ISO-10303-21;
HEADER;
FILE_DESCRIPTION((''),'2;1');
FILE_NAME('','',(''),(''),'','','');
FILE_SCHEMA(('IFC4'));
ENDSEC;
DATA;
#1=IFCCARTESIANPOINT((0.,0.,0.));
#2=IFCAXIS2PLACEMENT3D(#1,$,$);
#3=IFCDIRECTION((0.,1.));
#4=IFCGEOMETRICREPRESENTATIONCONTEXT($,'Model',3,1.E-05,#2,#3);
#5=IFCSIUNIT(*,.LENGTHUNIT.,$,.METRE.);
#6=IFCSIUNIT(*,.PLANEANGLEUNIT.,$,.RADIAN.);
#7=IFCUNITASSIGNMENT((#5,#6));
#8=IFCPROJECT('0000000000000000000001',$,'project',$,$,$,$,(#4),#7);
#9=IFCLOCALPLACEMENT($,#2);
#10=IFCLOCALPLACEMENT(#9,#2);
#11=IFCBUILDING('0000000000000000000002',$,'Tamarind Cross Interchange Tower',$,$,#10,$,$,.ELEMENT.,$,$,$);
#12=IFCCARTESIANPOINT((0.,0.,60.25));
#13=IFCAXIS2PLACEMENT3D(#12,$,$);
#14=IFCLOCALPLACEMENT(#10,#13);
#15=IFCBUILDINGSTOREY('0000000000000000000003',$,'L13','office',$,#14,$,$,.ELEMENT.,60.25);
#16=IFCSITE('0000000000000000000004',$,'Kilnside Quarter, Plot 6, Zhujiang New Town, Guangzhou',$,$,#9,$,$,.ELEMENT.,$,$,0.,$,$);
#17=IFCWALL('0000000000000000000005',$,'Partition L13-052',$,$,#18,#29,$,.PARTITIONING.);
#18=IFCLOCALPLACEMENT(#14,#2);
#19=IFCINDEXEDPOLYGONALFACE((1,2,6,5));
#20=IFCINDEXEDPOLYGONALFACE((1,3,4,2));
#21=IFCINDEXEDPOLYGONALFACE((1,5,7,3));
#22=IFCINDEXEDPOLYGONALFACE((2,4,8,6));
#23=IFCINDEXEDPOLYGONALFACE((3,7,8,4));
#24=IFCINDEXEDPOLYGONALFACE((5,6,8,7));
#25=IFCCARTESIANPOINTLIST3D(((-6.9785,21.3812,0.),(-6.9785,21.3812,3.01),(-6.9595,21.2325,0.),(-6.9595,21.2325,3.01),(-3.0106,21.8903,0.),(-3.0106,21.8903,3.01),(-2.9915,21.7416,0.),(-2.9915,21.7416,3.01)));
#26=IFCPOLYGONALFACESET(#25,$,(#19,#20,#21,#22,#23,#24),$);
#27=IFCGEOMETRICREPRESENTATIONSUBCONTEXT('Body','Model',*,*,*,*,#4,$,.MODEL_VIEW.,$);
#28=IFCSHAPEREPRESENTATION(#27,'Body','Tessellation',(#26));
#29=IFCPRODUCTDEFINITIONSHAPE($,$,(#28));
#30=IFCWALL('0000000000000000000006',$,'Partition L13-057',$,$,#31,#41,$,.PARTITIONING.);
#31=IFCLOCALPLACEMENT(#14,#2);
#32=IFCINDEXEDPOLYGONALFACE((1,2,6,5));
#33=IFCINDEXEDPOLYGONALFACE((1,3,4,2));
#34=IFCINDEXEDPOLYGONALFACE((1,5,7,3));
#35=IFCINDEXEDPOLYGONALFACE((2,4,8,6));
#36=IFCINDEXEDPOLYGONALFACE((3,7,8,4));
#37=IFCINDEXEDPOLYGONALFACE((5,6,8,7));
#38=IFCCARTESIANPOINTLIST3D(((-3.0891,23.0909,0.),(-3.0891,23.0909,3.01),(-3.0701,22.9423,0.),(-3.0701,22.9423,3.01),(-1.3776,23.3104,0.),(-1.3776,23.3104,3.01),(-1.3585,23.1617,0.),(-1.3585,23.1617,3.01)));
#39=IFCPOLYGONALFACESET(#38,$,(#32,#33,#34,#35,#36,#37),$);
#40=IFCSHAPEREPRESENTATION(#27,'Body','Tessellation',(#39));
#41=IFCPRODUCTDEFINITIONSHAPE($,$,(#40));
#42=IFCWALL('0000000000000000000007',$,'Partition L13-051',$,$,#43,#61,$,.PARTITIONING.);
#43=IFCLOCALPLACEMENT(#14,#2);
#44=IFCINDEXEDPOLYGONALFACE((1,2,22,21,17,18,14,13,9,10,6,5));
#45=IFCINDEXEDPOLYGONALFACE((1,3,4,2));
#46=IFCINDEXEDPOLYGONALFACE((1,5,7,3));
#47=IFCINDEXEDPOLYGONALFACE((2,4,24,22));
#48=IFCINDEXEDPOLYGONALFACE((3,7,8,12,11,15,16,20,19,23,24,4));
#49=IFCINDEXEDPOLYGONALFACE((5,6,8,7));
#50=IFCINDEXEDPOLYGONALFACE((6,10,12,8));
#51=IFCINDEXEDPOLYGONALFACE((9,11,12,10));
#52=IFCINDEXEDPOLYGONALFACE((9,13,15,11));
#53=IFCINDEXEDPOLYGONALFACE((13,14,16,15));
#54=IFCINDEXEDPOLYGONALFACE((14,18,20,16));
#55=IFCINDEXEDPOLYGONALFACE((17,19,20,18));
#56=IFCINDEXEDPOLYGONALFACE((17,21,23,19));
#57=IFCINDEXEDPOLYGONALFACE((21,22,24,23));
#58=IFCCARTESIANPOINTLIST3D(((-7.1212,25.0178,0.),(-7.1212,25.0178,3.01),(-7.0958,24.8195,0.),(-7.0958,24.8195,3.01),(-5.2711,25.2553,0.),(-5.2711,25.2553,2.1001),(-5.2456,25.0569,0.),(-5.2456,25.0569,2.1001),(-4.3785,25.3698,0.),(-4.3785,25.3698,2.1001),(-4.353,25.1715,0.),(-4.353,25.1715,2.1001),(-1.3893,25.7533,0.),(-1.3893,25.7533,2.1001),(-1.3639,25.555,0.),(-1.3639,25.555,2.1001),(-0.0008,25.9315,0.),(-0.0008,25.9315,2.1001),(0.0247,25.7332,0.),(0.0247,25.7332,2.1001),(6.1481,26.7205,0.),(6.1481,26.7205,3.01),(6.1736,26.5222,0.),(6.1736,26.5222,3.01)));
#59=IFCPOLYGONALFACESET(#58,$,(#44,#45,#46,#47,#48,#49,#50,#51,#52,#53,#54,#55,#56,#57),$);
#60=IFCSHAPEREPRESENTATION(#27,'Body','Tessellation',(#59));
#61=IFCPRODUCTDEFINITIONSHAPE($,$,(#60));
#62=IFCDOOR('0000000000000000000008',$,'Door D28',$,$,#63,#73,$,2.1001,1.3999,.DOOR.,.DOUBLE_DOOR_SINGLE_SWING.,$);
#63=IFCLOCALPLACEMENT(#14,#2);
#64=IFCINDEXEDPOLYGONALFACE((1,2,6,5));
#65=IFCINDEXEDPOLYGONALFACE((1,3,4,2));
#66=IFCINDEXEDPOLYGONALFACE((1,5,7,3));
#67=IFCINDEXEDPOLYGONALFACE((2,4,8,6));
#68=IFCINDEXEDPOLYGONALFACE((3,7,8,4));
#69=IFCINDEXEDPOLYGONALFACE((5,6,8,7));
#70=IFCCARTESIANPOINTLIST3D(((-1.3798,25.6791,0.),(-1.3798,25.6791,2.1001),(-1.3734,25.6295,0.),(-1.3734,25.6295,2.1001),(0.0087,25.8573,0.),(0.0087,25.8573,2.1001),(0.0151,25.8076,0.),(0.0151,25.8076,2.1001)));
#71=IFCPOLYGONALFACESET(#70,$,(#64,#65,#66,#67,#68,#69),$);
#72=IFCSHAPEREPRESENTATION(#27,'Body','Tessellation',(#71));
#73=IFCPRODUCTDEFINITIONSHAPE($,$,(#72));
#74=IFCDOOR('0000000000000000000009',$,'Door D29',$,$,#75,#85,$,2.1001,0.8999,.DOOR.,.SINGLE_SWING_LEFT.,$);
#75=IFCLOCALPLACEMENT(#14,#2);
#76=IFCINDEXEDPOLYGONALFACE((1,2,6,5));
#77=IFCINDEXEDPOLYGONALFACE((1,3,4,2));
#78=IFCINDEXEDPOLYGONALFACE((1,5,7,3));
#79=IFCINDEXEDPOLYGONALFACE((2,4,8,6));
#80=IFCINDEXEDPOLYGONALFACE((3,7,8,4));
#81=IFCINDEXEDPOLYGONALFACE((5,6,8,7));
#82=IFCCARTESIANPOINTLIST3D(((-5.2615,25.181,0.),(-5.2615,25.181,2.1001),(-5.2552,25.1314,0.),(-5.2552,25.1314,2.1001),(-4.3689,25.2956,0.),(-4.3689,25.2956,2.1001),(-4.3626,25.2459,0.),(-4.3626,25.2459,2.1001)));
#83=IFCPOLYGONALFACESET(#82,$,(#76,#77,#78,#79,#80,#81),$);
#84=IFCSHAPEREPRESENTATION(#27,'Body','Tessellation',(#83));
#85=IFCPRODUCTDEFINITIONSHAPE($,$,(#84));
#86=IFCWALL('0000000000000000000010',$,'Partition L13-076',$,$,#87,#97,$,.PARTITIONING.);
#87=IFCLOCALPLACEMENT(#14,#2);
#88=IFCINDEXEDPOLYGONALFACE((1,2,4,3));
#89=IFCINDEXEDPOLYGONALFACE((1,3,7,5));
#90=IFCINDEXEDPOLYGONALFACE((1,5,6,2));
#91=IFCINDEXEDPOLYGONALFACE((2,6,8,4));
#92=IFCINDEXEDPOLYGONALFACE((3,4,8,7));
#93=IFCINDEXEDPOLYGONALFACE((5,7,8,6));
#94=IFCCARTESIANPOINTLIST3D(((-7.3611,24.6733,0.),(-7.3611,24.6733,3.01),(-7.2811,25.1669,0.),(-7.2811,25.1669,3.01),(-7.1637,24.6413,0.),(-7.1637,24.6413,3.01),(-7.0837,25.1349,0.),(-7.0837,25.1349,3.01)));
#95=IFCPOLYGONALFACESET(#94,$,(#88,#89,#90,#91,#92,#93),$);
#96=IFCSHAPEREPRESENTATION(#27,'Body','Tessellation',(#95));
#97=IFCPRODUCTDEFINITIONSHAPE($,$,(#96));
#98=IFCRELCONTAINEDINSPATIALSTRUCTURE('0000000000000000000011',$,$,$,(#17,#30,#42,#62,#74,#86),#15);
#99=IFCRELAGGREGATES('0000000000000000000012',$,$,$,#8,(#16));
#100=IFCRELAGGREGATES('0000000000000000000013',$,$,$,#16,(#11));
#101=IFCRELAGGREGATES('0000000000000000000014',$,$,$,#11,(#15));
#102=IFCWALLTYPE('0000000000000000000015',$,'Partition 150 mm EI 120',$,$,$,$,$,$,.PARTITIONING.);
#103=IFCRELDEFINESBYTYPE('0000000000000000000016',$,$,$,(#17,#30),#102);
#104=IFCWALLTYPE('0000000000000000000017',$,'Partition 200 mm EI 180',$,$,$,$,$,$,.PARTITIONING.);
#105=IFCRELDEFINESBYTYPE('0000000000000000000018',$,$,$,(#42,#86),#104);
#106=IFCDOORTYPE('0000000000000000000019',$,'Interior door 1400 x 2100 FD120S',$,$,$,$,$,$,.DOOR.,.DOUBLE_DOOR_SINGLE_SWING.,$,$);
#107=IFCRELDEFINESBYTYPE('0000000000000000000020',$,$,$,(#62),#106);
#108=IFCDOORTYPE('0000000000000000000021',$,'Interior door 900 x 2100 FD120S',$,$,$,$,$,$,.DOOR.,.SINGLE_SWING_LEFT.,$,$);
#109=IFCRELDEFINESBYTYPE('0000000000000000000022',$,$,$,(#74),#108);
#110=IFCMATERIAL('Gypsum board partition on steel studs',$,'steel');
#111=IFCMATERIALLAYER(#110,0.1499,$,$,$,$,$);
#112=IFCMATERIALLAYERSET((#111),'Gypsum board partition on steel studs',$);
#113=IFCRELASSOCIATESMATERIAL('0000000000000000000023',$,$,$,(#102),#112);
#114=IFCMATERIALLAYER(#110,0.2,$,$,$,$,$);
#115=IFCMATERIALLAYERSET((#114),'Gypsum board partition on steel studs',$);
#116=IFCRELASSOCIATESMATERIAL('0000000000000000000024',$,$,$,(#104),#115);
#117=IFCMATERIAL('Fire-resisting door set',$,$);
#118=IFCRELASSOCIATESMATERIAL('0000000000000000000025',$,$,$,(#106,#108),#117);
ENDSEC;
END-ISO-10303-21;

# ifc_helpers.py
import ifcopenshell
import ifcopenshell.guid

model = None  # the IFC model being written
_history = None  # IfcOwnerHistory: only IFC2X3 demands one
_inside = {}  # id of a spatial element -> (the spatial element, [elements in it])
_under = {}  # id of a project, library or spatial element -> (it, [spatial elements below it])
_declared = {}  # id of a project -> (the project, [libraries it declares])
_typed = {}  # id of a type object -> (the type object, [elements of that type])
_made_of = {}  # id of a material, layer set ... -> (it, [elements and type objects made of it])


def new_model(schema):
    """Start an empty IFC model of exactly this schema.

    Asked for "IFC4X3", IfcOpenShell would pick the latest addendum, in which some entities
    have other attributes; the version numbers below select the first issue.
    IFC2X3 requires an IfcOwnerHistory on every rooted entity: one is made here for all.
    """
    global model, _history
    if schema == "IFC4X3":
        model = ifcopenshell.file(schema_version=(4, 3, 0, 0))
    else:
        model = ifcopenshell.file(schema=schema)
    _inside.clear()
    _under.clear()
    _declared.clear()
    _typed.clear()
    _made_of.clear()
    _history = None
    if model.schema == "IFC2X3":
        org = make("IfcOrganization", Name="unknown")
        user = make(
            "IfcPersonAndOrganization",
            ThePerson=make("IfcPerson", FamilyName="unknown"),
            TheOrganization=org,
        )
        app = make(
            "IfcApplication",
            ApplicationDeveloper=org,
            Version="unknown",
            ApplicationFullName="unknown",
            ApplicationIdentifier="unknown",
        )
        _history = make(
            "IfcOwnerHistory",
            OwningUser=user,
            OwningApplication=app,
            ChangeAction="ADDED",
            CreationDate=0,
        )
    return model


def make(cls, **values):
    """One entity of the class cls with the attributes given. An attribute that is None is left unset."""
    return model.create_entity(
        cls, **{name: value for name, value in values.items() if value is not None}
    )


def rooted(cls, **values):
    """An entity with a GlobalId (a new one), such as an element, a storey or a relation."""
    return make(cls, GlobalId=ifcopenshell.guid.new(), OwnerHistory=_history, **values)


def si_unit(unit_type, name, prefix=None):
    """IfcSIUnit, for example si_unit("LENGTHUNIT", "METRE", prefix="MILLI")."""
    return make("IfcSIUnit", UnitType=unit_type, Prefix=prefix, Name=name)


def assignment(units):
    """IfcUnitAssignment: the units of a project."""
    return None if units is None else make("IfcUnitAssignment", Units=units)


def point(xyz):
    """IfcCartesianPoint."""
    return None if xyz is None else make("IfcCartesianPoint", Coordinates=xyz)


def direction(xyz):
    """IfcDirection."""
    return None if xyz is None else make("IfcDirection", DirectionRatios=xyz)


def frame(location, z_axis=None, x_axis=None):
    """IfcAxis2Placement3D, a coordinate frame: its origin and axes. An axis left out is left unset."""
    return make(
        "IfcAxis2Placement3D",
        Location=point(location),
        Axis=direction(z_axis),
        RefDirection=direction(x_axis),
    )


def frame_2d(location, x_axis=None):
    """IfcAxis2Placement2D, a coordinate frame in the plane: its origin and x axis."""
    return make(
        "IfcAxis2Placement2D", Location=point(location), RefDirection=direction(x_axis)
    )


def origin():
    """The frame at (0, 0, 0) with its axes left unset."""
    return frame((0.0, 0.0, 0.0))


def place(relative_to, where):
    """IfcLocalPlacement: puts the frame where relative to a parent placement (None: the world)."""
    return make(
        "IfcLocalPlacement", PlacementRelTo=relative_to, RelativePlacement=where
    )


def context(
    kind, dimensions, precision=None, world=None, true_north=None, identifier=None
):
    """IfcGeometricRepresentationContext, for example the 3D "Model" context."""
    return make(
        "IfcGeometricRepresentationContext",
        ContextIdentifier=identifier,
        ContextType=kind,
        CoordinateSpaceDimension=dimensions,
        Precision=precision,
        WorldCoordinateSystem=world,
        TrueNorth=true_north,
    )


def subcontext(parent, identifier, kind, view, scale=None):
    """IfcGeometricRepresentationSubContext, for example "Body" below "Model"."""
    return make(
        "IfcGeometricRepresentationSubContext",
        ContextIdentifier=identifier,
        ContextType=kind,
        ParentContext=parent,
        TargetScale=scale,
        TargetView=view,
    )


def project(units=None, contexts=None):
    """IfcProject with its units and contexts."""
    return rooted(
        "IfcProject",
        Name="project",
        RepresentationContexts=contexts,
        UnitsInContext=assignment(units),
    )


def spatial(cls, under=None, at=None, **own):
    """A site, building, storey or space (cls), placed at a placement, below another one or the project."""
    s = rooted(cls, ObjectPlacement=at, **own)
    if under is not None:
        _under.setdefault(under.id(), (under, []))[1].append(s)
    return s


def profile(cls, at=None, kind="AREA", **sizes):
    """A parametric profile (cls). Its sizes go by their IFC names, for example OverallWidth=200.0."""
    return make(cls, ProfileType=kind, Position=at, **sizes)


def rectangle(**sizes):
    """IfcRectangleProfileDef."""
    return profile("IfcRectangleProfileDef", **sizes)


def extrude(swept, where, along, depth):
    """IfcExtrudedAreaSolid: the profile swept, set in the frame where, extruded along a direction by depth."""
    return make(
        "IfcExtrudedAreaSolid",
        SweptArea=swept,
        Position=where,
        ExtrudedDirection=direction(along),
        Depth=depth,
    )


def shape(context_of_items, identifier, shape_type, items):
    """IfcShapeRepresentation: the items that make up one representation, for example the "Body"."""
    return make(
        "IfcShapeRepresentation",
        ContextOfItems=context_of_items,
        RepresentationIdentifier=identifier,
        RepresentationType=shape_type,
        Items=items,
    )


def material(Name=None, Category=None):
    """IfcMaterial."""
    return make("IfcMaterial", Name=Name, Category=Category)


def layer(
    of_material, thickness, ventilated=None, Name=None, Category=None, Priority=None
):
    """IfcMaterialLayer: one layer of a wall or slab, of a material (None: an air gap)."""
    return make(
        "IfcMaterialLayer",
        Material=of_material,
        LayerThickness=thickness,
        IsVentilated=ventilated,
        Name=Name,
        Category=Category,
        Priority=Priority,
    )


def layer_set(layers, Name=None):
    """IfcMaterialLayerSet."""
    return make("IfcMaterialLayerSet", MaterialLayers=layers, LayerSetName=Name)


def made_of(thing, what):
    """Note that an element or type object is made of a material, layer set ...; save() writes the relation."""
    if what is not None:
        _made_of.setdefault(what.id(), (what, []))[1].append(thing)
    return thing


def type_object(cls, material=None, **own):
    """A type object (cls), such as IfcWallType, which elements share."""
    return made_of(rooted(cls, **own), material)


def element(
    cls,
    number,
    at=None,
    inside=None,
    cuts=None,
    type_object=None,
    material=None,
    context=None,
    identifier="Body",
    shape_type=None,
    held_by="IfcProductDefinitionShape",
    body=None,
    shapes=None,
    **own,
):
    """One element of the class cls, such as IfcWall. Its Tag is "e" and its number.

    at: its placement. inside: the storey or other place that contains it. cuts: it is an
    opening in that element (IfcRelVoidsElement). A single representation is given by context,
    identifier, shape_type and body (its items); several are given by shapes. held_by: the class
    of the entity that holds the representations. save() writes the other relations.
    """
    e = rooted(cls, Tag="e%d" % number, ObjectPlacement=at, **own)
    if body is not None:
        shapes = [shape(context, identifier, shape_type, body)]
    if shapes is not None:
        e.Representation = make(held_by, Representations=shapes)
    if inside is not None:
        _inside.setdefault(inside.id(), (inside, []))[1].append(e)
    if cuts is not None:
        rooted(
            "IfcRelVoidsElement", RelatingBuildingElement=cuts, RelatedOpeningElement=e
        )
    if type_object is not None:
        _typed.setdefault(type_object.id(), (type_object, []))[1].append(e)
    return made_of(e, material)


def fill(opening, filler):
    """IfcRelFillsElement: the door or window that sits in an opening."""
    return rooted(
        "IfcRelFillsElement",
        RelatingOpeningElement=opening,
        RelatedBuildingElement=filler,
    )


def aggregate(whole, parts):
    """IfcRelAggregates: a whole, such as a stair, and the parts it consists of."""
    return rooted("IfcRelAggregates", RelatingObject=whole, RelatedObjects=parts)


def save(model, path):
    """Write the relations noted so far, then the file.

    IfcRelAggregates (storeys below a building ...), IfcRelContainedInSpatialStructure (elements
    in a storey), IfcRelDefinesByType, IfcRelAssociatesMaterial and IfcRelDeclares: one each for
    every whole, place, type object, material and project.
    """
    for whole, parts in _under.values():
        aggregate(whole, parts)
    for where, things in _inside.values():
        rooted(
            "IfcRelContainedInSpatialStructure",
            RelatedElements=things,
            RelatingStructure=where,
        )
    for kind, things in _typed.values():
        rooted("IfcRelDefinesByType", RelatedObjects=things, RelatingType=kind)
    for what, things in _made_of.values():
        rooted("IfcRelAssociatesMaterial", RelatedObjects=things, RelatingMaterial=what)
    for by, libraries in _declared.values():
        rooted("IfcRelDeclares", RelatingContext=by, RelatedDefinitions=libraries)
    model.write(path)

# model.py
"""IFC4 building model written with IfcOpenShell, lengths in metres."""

from ifc_helpers import new_model, si_unit, direction, frame, frame_2d, origin, place, context, subcontext, project, spatial, rectangle, extrude, material, layer, layer_set, type_object, element, fill, save


model = new_model("IFC4")

# Units and contexts
model_context = context("Model", 3, precision=1e-05, world=origin(), true_north=direction((0.0, 1.0)))
body_context = subcontext(model_context, "Body", "Model", "MODEL_VIEW")
ifc_project = project(units=[si_unit("LENGTHUNIT", "METRE"), si_unit("PLANEANGLEUNIT", "RADIAN")], contexts=[model_context])

# Site, building, storey
site_placement = place(None, origin())
site = spatial("IfcSite", under=ifc_project, at=site_placement, Name="Kilnside Quarter, Plot 6, Zhujiang New Town, Guangzhou", CompositionType="ELEMENT", RefElevation=0.0)
building_placement = place(site_placement, origin())
building = spatial("IfcBuilding", under=site, at=building_placement, Name="Tamarind Cross Interchange Tower", CompositionType="ELEMENT")
storey_placement = place(building_placement, frame((0.0, 0.0, 60.25)))
storey = spatial("IfcBuildingStorey", under=building, at=storey_placement, Name="L13", Description="office", CompositionType="ELEMENT", Elevation=60.25)

# Shared definitions
ifc_material_1 = material(Name="Gypsum board partition on steel studs", Category="steel")

# Shared definitions
ifc_layer_1 = layer(ifc_material_1, 0.1499)
ifc_layer_set_1 = layer_set([ifc_layer_1], Name="Gypsum board partition on steel studs")
wall_type_1 = type_object("IfcWallType", Name="Partition 150 mm EI 120", PredefinedType="PARTITIONING", material=ifc_layer_set_1)
ifc_material_2 = material(Name="Fire-resisting door set")

# Walls
wall_1_placement = place(storey_placement, frame((-6.969, 21.3069, 0.0), z_axis=(0.0, 0.0, 1.0), x_axis=(0.991872, 0.127241, 0.0)))
element("IfcWall", 1, at=wall_1_placement, inside=storey, type_object=wall_type_1, Name="Partition L13-052", PredefinedType="PARTITIONING", context=body_context, shape_type="SweptSolid", body=[
    extrude(rectangle(XDim=4.0005, YDim=0.1499, at=frame_2d((2.0002, 0.0))), origin(), (0.0, 0.0, 1.0), 3.01),
])
wall_2_placement = place(storey_placement, frame((-3.0796, 23.0166, 0.0), z_axis=(0.0, 0.0, 1.0), x_axis=(0.991879, 0.127186, 0.0)))
element("IfcWall", 2, at=wall_2_placement, inside=storey, type_object=wall_type_1, Name="Partition L13-057", PredefinedType="PARTITIONING", context=body_context, shape_type="SweptSolid", body=[
    extrude(rectangle(XDim=1.7256, YDim=0.1499, at=frame_2d((0.8628, 0.0))), origin(), (0.0, 0.0, 1.0), 3.01),
])

# Wall, openings, doors
ifc_layer_2 = layer(ifc_material_1, 0.2)
ifc_layer_set_2 = layer_set([ifc_layer_2], Name="Gypsum board partition on steel studs")
wall_type_2 = type_object("IfcWallType", Name="Partition 200 mm EI 180", PredefinedType="PARTITIONING", material=ifc_layer_set_2)
wall_3_placement = place(storey_placement, frame((-7.1084, 24.9187, 0.0), z_axis=(0.0, 0.0, 1.0), x_axis=(0.991868, 0.127271, 0.0)))
wall_3 = element("IfcWall", 3, at=wall_3_placement, inside=storey, type_object=wall_type_2, Name="Partition L13-051", PredefinedType="PARTITIONING", context=body_context, shape_type="SweptSolid", body=[
    extrude(rectangle(XDim=13.3782, YDim=0.2, at=frame_2d((6.689, 0.0))), origin(), (0.0, 0.0, 1.0), 3.01),
])
opening_1_placement = place(wall_3_placement, frame((5.7788, 0.0, 0.0)))
opening_1 = element("IfcOpeningElement", 4, at=opening_1_placement, cuts=wall_3, PredefinedType="OPENING", context=body_context, shape_type="SweptSolid", body=[
    extrude(rectangle(XDim=1.3999, YDim=2.1001, at=frame_2d((0.7, 1.05))), frame((0.0, 0.1099, 0.0), z_axis=(0.0, -1.0, 0.0), x_axis=(1.0, 0.0, 0.0)), (0.0, 0.0, 1.0), 0.22),
])
opening_2_placement = place(wall_3_placement, frame((1.8652, 0.0, 0.0)))
opening_2 = element("IfcOpeningElement", 5, at=opening_2_placement, cuts=wall_3, PredefinedType="OPENING", context=body_context, shape_type="SweptSolid", body=[
    extrude(rectangle(XDim=0.8999, YDim=2.1001, at=frame_2d((0.45, 1.05))), frame((0.0, 0.1099, 0.0), z_axis=(0.0, -1.0, 0.0), x_axis=(1.0, 0.0, 0.0)), (0.0, 0.0, 1.0), 0.22),
])
door_type_1 = type_object("IfcDoorType", Name="Interior door 1400 x 2100 FD120S", OperationType="DOUBLE_DOOR_SINGLE_SWING", PredefinedType="DOOR", material=ifc_material_2)
door_1_placement = place(opening_1_placement, frame((1.3999, 0.0, 0.0), z_axis=(0.0, 0.0, 1.0), x_axis=(-1.0, 0.0, 0.0)))
door_1 = element("IfcDoor", 6, at=door_1_placement, inside=storey, type_object=door_type_1, Name="Door D28", OperationType="DOUBLE_DOOR_SINGLE_SWING", OverallHeight=2.1001, OverallWidth=1.3999, PredefinedType="DOOR", context=body_context, shape_type="SweptSolid", body=[
    extrude(rectangle(XDim=1.3999, YDim=2.1001, at=frame_2d((0.7, 1.05))), frame((0.0, 0.0249, 0.0), z_axis=(0.0, -1.0, 0.0), x_axis=(1.0, 0.0, 0.0)), (0.0, 0.0, 1.0), 0.05),
])
fill(opening_1, door_1)
door_type_2 = type_object("IfcDoorType", Name="Interior door 900 x 2100 FD120S", OperationType="SINGLE_SWING_LEFT", PredefinedType="DOOR", material=ifc_material_2)
door_2_placement = place(opening_2_placement, frame((0.8999, 0.0, 0.0), z_axis=(0.0, 0.0, 1.0), x_axis=(-1.0, 0.0, 0.0)))
door_2 = element("IfcDoor", 7, at=door_2_placement, inside=storey, type_object=door_type_2, Name="Door D29", OperationType="SINGLE_SWING_LEFT", OverallHeight=2.1001, OverallWidth=0.8999, PredefinedType="DOOR", context=body_context, shape_type="SweptSolid", body=[
    extrude(rectangle(XDim=0.8999, YDim=2.1001, at=frame_2d((0.45, 1.05))), frame((0.0, 0.0249, 0.0), z_axis=(0.0, -1.0, 0.0), x_axis=(1.0, 0.0, 0.0)), (0.0, 0.0, 1.0), 0.05),
])
fill(opening_2, door_2)

# Wall
wall_4_placement = place(storey_placement, frame((-7.1824, 25.1509, 0.0), z_axis=(0.0, 0.0, 1.0), x_axis=(-0.160123, -0.987097, 0.0)))
element("IfcWall", 8, at=wall_4_placement, inside=storey, type_object=wall_type_2, Name="Partition L13-076", PredefinedType="PARTITIONING", context=body_context, shape_type="SweptSolid", body=[
    extrude(rectangle(XDim=0.5, YDim=0.2, at=frame_2d((0.25, 0.0))), origin(), (0.0, 0.0, 1.0), 3.01),
])

save(model, "model.ifc")
